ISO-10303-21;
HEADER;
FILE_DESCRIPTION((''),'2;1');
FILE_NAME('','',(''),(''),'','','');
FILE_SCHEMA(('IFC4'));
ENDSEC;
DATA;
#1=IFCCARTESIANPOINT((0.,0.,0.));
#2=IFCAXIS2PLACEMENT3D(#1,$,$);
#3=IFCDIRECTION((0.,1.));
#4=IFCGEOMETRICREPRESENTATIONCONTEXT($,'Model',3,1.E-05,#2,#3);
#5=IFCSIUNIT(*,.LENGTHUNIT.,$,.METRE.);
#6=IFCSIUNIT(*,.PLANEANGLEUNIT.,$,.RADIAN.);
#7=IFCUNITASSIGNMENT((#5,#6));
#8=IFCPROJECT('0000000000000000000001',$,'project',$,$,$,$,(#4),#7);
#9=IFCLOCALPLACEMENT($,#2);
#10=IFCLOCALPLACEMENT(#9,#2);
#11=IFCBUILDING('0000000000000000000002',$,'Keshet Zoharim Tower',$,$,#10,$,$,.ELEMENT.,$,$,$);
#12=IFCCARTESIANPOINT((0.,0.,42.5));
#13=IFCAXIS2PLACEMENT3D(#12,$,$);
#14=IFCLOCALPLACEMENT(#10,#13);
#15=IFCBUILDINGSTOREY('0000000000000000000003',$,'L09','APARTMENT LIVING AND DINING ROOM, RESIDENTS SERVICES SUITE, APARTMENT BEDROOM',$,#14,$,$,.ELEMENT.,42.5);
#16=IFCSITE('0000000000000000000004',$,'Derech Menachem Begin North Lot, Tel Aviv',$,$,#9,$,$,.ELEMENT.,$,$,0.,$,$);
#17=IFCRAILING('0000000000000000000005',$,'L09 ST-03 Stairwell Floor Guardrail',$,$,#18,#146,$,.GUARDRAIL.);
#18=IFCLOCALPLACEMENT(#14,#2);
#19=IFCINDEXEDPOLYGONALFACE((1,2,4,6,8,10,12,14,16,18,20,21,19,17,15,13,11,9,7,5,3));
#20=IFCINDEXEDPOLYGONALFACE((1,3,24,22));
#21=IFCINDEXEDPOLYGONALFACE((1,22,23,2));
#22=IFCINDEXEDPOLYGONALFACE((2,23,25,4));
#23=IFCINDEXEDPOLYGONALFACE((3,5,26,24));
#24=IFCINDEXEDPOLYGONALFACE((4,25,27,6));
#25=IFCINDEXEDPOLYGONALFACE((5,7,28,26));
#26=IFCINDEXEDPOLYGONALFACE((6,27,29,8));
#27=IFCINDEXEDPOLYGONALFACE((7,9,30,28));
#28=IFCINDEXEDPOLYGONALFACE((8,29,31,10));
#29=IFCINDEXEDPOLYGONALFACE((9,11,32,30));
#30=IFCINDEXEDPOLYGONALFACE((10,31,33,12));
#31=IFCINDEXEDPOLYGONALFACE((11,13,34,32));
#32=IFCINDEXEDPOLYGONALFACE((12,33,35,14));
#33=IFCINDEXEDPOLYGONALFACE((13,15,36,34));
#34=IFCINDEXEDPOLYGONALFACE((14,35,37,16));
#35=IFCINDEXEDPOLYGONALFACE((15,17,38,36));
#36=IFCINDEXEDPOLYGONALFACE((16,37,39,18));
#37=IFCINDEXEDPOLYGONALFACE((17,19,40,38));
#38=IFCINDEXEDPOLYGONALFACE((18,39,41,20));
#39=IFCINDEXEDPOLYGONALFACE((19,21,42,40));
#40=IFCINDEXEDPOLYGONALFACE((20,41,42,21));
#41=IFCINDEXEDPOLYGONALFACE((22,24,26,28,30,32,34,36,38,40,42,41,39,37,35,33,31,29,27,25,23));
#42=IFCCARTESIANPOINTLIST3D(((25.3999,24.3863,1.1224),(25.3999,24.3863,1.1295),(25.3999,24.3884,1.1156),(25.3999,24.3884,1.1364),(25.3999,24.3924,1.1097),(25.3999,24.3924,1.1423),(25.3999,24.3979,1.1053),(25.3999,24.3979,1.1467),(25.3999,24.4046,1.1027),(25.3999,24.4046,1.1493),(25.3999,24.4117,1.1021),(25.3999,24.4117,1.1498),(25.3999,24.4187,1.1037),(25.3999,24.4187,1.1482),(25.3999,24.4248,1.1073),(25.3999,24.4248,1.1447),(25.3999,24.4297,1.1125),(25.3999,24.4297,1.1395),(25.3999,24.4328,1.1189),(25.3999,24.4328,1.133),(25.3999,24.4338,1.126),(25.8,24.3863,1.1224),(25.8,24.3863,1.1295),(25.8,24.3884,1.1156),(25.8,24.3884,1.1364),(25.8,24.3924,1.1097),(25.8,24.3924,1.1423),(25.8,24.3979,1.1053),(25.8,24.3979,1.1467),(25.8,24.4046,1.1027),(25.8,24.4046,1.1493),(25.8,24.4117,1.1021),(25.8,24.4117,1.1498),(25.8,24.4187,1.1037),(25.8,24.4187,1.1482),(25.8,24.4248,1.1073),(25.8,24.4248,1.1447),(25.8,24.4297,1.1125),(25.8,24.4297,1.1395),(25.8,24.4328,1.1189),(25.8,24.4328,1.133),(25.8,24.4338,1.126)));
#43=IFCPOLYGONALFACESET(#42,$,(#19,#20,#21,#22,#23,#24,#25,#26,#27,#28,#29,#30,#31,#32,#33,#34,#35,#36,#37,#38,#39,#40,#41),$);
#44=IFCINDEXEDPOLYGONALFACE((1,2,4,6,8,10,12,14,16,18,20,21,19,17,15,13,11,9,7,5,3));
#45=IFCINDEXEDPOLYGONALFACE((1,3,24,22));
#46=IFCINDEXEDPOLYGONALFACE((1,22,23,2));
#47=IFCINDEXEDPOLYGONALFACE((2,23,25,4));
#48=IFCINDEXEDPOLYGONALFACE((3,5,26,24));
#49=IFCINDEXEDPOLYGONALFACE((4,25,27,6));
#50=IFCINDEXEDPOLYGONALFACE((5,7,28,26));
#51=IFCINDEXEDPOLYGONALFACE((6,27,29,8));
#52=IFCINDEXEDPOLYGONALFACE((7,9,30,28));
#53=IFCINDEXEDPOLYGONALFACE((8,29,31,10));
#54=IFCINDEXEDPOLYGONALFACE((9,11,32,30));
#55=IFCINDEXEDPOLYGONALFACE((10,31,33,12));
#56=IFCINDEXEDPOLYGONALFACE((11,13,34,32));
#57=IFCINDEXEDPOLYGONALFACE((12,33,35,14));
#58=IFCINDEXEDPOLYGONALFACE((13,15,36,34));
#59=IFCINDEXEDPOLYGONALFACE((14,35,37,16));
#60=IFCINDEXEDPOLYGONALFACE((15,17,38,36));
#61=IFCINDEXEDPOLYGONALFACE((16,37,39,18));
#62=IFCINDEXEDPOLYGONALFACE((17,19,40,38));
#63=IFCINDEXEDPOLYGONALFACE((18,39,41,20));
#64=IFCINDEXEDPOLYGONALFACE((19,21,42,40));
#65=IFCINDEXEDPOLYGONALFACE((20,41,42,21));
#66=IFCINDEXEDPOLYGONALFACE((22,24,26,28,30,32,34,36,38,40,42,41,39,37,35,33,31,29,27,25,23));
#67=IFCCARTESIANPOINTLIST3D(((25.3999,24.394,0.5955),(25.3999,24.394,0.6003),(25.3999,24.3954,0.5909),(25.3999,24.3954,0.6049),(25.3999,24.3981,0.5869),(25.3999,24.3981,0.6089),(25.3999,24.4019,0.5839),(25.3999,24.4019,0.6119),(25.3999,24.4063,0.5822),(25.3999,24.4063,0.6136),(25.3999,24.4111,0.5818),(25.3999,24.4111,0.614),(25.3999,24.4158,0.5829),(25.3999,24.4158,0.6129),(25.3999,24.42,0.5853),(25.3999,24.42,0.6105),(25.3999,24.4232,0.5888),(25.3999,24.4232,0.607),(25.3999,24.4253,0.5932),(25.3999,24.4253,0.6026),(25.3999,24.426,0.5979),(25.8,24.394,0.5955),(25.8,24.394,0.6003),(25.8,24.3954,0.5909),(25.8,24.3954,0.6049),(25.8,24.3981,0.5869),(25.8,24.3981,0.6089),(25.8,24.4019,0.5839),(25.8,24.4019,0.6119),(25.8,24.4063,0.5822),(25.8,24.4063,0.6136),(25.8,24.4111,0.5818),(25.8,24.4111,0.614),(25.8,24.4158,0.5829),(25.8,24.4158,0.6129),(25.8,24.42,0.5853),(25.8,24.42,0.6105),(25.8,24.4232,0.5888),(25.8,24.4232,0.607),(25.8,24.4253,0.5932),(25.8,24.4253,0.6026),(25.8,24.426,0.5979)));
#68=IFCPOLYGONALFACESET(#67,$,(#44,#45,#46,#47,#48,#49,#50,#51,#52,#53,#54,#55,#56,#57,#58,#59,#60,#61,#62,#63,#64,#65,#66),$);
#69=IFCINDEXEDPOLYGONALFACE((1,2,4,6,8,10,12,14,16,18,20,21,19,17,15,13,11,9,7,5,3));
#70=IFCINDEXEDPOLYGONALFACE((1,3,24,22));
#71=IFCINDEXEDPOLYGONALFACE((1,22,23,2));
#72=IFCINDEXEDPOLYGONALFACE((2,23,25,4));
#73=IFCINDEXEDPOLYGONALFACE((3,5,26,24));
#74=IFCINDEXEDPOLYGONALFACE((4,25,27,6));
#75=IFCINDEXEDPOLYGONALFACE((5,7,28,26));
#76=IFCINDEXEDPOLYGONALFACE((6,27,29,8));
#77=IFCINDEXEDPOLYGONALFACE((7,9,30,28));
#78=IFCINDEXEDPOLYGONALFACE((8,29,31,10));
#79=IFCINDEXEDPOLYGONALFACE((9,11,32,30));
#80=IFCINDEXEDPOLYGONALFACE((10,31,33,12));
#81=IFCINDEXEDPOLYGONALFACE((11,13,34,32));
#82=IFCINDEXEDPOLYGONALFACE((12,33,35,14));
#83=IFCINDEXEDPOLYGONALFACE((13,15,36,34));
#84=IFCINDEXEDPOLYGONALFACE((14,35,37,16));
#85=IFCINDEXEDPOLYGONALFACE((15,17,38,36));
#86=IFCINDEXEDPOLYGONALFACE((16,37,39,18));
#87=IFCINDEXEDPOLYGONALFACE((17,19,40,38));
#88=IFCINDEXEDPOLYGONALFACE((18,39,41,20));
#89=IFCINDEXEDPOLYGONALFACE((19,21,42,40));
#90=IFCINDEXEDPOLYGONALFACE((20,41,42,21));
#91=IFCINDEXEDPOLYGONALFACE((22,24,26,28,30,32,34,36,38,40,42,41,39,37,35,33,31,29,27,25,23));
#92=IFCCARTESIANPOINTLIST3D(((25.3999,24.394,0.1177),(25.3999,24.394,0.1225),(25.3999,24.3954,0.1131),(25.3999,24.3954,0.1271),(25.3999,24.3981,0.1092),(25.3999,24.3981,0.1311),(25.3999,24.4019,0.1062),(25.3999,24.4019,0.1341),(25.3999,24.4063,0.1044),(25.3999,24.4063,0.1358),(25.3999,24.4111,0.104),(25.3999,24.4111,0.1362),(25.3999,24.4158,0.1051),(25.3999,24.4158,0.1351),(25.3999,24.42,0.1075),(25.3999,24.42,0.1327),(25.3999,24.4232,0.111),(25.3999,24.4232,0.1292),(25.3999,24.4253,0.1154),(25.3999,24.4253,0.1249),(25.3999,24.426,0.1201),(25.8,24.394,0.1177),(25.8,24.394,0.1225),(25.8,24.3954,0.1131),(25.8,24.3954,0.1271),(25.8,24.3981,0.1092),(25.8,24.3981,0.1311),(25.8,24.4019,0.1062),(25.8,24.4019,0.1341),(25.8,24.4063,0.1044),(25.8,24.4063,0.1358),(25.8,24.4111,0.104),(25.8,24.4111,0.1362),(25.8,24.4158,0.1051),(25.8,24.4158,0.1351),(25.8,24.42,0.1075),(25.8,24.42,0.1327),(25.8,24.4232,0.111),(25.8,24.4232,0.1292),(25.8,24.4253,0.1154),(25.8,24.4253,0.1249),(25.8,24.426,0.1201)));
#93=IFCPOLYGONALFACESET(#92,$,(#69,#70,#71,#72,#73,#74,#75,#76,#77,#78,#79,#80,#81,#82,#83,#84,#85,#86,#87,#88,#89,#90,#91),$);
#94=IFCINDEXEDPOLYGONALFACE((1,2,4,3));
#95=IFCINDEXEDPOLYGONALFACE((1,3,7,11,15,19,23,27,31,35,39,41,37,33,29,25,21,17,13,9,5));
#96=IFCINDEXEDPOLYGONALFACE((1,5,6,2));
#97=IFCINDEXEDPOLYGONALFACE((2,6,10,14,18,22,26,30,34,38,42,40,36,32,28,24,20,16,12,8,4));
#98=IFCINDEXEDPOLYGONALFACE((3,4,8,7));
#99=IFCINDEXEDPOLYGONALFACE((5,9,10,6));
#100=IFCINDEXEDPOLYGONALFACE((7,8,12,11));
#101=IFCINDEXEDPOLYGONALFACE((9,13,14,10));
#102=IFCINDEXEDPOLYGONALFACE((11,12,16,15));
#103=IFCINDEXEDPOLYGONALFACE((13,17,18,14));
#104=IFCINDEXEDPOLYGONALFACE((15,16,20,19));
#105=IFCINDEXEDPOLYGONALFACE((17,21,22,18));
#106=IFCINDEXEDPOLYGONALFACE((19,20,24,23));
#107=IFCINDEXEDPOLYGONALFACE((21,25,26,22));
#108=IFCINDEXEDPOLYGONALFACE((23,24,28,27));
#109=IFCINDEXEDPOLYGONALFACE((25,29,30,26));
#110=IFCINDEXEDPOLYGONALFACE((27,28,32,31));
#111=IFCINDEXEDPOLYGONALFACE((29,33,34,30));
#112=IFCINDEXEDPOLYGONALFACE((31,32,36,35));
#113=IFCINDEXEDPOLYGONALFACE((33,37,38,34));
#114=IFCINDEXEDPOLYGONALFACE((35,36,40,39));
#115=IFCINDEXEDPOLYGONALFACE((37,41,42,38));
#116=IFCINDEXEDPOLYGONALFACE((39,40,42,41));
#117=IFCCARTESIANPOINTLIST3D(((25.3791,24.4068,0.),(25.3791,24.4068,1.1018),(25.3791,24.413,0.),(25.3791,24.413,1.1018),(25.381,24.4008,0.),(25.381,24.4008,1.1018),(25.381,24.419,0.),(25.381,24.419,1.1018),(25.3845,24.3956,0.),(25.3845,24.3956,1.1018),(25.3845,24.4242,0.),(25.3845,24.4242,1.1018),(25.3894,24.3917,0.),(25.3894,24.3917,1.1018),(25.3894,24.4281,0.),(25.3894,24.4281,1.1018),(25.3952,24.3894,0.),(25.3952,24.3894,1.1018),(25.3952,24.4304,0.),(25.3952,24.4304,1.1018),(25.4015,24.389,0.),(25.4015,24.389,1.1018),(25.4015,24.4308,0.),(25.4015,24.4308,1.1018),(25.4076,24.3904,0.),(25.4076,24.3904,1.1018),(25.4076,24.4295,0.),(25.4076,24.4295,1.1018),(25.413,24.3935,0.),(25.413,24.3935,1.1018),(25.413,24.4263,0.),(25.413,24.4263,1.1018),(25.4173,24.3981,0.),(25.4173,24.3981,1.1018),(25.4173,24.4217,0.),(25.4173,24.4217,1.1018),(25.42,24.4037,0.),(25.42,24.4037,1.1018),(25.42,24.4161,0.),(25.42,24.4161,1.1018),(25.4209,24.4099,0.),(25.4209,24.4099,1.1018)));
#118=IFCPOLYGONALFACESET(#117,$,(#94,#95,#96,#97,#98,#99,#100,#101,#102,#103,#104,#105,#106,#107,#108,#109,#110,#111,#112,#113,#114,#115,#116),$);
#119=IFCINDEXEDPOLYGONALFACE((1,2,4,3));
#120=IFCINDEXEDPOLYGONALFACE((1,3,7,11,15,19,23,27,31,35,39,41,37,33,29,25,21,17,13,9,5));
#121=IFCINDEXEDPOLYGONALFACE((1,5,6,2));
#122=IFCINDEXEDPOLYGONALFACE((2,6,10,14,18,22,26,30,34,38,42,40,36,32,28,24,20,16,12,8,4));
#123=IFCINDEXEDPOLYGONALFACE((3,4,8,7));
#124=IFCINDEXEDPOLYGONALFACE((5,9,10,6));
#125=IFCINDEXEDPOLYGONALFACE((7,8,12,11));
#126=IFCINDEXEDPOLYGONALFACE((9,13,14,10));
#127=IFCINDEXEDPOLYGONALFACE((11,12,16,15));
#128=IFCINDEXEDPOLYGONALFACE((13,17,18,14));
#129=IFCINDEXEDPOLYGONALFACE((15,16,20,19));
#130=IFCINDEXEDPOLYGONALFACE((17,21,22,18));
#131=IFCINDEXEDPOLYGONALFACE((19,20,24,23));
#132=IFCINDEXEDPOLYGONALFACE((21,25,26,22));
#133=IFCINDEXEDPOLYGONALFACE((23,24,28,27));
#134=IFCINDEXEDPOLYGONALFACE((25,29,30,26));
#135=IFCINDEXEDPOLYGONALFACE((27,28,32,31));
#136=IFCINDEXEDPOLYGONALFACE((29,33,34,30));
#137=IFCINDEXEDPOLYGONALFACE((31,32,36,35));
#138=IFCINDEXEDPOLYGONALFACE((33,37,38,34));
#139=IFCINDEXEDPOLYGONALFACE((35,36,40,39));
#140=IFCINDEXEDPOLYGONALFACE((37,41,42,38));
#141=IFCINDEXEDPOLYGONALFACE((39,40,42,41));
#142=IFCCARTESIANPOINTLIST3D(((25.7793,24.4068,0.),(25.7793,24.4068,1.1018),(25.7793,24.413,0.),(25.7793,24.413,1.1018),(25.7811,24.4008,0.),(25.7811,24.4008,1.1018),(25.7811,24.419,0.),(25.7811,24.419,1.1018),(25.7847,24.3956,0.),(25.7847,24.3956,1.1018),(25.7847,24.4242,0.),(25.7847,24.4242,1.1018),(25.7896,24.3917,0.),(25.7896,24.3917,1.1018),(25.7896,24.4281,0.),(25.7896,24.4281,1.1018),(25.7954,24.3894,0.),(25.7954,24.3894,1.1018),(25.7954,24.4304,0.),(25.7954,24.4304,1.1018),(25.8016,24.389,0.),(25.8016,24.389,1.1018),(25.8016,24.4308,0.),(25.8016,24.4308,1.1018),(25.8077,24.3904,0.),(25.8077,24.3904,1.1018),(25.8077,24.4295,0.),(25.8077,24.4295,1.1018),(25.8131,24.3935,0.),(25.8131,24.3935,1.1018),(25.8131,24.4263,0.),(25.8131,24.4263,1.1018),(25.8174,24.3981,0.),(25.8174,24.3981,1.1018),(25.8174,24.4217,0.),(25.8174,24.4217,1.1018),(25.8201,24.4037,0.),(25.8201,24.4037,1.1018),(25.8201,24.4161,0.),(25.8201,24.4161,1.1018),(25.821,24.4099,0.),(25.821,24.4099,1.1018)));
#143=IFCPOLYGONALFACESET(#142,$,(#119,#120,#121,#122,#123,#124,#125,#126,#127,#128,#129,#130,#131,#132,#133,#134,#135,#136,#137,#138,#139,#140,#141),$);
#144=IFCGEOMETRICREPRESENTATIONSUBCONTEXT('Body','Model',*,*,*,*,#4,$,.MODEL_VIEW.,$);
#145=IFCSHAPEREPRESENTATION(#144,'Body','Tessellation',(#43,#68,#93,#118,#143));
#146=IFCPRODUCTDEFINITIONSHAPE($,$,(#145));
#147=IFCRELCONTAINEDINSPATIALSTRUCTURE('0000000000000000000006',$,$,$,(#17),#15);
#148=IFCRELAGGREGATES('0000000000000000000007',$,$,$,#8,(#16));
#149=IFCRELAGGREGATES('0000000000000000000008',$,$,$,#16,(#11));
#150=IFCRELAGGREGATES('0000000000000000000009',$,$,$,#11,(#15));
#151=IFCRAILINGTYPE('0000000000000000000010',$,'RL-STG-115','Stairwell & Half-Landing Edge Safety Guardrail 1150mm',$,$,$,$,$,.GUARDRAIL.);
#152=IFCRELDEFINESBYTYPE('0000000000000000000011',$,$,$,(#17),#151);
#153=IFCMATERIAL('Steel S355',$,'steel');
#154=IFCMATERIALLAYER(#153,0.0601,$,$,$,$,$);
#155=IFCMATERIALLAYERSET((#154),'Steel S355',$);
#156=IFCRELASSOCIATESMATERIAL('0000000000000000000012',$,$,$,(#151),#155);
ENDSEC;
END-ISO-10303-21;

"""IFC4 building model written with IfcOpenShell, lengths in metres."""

from ifc_helpers import new_model, si_unit, direction, frame, origin, origin_2d, place, context, subcontext, project, spatial, circle, extrude, material, layer, layer_set, type_object, element, save


model = new_model("IFC4")

# Units and contexts
model_context = context("Model", 3, precision=1e-05, world=origin(), true_north=direction((0.0, 1.0)))
body_context = subcontext(model_context, "Body", "Model", "MODEL_VIEW")
ifc_project = project(units=[si_unit("LENGTHUNIT", "METRE"), si_unit("PLANEANGLEUNIT", "RADIAN")], contexts=[model_context])

# Site, building, storey
site_placement = place(None, origin())
site = spatial("IfcSite", under=ifc_project, at=site_placement, Name="Derech Menachem Begin North Lot, Tel Aviv", CompositionType="ELEMENT", RefElevation=0.0)
building_placement = place(site_placement, origin())
building = spatial("IfcBuilding", under=site, at=building_placement, Name="Keshet Zoharim Tower", CompositionType="ELEMENT")
storey_placement = place(building_placement, frame((0.0, 0.0, 42.5)))
storey = spatial("IfcBuildingStorey", under=building, at=storey_placement, Name="L09", Description="APARTMENT LIVING AND DINING ROOM, RESIDENTS SERVICES SUITE, APARTMENT BEDROOM", CompositionType="ELEMENT", Elevation=42.5)

# Shared definitions
ifc_material_1 = material(Name="Steel S355", Category="steel")

# Railing
ifc_layer_1 = layer(ifc_material_1, 0.0601)
ifc_layer_set_1 = layer_set([ifc_layer_1], Name="Steel S355")
railing_type = type_object("IfcRailingType", Name="RL-STG-115", Description="Stairwell & Half-Landing Edge Safety Guardrail 1150mm", PredefinedType="GUARDRAIL", material=ifc_layer_set_1)
railing_placement = place(storey_placement, frame((25.3999, 24.4099, 0.0)))
element("IfcRailing", 1, at=railing_placement, inside=storey, type_object=railing_type, Name="L09 ST-03 Stairwell Floor Guardrail", PredefinedType="GUARDRAIL", context=body_context, shape_type="SweptSolid", body=[
    extrude(circle(Radius=0.0239, at=origin_2d()), frame((0.0, 0.0, 1.126), z_axis=(1.0, 0.0, 0.0), x_axis=(0.0, 1.0, 0.0)), (0.0, 0.0, 1.0), 0.4001),
    extrude(circle(Radius=0.0161, at=origin_2d()), frame((0.0, 0.0, 0.5979), z_axis=(1.0, 0.0, 0.0), x_axis=(0.0, 1.0, 0.0)), (0.0, 0.0, 1.0), 0.4001),
    extrude(circle(Radius=0.0161, at=origin_2d()), frame((0.0, 0.0, 0.1201), z_axis=(1.0, 0.0, 0.0), x_axis=(0.0, 1.0, 0.0)), (0.0, 0.0, 1.0), 0.4001),
    extrude(circle(Radius=0.021, at=origin_2d()), origin(), (0.0, 0.0, 1.0), 1.1018),
    extrude(circle(Radius=0.021, at=origin_2d()), frame((0.4001, 0.0, 0.0)), (0.0, 0.0, 1.0), 1.1018),
])

save(model, "model.ifc")
